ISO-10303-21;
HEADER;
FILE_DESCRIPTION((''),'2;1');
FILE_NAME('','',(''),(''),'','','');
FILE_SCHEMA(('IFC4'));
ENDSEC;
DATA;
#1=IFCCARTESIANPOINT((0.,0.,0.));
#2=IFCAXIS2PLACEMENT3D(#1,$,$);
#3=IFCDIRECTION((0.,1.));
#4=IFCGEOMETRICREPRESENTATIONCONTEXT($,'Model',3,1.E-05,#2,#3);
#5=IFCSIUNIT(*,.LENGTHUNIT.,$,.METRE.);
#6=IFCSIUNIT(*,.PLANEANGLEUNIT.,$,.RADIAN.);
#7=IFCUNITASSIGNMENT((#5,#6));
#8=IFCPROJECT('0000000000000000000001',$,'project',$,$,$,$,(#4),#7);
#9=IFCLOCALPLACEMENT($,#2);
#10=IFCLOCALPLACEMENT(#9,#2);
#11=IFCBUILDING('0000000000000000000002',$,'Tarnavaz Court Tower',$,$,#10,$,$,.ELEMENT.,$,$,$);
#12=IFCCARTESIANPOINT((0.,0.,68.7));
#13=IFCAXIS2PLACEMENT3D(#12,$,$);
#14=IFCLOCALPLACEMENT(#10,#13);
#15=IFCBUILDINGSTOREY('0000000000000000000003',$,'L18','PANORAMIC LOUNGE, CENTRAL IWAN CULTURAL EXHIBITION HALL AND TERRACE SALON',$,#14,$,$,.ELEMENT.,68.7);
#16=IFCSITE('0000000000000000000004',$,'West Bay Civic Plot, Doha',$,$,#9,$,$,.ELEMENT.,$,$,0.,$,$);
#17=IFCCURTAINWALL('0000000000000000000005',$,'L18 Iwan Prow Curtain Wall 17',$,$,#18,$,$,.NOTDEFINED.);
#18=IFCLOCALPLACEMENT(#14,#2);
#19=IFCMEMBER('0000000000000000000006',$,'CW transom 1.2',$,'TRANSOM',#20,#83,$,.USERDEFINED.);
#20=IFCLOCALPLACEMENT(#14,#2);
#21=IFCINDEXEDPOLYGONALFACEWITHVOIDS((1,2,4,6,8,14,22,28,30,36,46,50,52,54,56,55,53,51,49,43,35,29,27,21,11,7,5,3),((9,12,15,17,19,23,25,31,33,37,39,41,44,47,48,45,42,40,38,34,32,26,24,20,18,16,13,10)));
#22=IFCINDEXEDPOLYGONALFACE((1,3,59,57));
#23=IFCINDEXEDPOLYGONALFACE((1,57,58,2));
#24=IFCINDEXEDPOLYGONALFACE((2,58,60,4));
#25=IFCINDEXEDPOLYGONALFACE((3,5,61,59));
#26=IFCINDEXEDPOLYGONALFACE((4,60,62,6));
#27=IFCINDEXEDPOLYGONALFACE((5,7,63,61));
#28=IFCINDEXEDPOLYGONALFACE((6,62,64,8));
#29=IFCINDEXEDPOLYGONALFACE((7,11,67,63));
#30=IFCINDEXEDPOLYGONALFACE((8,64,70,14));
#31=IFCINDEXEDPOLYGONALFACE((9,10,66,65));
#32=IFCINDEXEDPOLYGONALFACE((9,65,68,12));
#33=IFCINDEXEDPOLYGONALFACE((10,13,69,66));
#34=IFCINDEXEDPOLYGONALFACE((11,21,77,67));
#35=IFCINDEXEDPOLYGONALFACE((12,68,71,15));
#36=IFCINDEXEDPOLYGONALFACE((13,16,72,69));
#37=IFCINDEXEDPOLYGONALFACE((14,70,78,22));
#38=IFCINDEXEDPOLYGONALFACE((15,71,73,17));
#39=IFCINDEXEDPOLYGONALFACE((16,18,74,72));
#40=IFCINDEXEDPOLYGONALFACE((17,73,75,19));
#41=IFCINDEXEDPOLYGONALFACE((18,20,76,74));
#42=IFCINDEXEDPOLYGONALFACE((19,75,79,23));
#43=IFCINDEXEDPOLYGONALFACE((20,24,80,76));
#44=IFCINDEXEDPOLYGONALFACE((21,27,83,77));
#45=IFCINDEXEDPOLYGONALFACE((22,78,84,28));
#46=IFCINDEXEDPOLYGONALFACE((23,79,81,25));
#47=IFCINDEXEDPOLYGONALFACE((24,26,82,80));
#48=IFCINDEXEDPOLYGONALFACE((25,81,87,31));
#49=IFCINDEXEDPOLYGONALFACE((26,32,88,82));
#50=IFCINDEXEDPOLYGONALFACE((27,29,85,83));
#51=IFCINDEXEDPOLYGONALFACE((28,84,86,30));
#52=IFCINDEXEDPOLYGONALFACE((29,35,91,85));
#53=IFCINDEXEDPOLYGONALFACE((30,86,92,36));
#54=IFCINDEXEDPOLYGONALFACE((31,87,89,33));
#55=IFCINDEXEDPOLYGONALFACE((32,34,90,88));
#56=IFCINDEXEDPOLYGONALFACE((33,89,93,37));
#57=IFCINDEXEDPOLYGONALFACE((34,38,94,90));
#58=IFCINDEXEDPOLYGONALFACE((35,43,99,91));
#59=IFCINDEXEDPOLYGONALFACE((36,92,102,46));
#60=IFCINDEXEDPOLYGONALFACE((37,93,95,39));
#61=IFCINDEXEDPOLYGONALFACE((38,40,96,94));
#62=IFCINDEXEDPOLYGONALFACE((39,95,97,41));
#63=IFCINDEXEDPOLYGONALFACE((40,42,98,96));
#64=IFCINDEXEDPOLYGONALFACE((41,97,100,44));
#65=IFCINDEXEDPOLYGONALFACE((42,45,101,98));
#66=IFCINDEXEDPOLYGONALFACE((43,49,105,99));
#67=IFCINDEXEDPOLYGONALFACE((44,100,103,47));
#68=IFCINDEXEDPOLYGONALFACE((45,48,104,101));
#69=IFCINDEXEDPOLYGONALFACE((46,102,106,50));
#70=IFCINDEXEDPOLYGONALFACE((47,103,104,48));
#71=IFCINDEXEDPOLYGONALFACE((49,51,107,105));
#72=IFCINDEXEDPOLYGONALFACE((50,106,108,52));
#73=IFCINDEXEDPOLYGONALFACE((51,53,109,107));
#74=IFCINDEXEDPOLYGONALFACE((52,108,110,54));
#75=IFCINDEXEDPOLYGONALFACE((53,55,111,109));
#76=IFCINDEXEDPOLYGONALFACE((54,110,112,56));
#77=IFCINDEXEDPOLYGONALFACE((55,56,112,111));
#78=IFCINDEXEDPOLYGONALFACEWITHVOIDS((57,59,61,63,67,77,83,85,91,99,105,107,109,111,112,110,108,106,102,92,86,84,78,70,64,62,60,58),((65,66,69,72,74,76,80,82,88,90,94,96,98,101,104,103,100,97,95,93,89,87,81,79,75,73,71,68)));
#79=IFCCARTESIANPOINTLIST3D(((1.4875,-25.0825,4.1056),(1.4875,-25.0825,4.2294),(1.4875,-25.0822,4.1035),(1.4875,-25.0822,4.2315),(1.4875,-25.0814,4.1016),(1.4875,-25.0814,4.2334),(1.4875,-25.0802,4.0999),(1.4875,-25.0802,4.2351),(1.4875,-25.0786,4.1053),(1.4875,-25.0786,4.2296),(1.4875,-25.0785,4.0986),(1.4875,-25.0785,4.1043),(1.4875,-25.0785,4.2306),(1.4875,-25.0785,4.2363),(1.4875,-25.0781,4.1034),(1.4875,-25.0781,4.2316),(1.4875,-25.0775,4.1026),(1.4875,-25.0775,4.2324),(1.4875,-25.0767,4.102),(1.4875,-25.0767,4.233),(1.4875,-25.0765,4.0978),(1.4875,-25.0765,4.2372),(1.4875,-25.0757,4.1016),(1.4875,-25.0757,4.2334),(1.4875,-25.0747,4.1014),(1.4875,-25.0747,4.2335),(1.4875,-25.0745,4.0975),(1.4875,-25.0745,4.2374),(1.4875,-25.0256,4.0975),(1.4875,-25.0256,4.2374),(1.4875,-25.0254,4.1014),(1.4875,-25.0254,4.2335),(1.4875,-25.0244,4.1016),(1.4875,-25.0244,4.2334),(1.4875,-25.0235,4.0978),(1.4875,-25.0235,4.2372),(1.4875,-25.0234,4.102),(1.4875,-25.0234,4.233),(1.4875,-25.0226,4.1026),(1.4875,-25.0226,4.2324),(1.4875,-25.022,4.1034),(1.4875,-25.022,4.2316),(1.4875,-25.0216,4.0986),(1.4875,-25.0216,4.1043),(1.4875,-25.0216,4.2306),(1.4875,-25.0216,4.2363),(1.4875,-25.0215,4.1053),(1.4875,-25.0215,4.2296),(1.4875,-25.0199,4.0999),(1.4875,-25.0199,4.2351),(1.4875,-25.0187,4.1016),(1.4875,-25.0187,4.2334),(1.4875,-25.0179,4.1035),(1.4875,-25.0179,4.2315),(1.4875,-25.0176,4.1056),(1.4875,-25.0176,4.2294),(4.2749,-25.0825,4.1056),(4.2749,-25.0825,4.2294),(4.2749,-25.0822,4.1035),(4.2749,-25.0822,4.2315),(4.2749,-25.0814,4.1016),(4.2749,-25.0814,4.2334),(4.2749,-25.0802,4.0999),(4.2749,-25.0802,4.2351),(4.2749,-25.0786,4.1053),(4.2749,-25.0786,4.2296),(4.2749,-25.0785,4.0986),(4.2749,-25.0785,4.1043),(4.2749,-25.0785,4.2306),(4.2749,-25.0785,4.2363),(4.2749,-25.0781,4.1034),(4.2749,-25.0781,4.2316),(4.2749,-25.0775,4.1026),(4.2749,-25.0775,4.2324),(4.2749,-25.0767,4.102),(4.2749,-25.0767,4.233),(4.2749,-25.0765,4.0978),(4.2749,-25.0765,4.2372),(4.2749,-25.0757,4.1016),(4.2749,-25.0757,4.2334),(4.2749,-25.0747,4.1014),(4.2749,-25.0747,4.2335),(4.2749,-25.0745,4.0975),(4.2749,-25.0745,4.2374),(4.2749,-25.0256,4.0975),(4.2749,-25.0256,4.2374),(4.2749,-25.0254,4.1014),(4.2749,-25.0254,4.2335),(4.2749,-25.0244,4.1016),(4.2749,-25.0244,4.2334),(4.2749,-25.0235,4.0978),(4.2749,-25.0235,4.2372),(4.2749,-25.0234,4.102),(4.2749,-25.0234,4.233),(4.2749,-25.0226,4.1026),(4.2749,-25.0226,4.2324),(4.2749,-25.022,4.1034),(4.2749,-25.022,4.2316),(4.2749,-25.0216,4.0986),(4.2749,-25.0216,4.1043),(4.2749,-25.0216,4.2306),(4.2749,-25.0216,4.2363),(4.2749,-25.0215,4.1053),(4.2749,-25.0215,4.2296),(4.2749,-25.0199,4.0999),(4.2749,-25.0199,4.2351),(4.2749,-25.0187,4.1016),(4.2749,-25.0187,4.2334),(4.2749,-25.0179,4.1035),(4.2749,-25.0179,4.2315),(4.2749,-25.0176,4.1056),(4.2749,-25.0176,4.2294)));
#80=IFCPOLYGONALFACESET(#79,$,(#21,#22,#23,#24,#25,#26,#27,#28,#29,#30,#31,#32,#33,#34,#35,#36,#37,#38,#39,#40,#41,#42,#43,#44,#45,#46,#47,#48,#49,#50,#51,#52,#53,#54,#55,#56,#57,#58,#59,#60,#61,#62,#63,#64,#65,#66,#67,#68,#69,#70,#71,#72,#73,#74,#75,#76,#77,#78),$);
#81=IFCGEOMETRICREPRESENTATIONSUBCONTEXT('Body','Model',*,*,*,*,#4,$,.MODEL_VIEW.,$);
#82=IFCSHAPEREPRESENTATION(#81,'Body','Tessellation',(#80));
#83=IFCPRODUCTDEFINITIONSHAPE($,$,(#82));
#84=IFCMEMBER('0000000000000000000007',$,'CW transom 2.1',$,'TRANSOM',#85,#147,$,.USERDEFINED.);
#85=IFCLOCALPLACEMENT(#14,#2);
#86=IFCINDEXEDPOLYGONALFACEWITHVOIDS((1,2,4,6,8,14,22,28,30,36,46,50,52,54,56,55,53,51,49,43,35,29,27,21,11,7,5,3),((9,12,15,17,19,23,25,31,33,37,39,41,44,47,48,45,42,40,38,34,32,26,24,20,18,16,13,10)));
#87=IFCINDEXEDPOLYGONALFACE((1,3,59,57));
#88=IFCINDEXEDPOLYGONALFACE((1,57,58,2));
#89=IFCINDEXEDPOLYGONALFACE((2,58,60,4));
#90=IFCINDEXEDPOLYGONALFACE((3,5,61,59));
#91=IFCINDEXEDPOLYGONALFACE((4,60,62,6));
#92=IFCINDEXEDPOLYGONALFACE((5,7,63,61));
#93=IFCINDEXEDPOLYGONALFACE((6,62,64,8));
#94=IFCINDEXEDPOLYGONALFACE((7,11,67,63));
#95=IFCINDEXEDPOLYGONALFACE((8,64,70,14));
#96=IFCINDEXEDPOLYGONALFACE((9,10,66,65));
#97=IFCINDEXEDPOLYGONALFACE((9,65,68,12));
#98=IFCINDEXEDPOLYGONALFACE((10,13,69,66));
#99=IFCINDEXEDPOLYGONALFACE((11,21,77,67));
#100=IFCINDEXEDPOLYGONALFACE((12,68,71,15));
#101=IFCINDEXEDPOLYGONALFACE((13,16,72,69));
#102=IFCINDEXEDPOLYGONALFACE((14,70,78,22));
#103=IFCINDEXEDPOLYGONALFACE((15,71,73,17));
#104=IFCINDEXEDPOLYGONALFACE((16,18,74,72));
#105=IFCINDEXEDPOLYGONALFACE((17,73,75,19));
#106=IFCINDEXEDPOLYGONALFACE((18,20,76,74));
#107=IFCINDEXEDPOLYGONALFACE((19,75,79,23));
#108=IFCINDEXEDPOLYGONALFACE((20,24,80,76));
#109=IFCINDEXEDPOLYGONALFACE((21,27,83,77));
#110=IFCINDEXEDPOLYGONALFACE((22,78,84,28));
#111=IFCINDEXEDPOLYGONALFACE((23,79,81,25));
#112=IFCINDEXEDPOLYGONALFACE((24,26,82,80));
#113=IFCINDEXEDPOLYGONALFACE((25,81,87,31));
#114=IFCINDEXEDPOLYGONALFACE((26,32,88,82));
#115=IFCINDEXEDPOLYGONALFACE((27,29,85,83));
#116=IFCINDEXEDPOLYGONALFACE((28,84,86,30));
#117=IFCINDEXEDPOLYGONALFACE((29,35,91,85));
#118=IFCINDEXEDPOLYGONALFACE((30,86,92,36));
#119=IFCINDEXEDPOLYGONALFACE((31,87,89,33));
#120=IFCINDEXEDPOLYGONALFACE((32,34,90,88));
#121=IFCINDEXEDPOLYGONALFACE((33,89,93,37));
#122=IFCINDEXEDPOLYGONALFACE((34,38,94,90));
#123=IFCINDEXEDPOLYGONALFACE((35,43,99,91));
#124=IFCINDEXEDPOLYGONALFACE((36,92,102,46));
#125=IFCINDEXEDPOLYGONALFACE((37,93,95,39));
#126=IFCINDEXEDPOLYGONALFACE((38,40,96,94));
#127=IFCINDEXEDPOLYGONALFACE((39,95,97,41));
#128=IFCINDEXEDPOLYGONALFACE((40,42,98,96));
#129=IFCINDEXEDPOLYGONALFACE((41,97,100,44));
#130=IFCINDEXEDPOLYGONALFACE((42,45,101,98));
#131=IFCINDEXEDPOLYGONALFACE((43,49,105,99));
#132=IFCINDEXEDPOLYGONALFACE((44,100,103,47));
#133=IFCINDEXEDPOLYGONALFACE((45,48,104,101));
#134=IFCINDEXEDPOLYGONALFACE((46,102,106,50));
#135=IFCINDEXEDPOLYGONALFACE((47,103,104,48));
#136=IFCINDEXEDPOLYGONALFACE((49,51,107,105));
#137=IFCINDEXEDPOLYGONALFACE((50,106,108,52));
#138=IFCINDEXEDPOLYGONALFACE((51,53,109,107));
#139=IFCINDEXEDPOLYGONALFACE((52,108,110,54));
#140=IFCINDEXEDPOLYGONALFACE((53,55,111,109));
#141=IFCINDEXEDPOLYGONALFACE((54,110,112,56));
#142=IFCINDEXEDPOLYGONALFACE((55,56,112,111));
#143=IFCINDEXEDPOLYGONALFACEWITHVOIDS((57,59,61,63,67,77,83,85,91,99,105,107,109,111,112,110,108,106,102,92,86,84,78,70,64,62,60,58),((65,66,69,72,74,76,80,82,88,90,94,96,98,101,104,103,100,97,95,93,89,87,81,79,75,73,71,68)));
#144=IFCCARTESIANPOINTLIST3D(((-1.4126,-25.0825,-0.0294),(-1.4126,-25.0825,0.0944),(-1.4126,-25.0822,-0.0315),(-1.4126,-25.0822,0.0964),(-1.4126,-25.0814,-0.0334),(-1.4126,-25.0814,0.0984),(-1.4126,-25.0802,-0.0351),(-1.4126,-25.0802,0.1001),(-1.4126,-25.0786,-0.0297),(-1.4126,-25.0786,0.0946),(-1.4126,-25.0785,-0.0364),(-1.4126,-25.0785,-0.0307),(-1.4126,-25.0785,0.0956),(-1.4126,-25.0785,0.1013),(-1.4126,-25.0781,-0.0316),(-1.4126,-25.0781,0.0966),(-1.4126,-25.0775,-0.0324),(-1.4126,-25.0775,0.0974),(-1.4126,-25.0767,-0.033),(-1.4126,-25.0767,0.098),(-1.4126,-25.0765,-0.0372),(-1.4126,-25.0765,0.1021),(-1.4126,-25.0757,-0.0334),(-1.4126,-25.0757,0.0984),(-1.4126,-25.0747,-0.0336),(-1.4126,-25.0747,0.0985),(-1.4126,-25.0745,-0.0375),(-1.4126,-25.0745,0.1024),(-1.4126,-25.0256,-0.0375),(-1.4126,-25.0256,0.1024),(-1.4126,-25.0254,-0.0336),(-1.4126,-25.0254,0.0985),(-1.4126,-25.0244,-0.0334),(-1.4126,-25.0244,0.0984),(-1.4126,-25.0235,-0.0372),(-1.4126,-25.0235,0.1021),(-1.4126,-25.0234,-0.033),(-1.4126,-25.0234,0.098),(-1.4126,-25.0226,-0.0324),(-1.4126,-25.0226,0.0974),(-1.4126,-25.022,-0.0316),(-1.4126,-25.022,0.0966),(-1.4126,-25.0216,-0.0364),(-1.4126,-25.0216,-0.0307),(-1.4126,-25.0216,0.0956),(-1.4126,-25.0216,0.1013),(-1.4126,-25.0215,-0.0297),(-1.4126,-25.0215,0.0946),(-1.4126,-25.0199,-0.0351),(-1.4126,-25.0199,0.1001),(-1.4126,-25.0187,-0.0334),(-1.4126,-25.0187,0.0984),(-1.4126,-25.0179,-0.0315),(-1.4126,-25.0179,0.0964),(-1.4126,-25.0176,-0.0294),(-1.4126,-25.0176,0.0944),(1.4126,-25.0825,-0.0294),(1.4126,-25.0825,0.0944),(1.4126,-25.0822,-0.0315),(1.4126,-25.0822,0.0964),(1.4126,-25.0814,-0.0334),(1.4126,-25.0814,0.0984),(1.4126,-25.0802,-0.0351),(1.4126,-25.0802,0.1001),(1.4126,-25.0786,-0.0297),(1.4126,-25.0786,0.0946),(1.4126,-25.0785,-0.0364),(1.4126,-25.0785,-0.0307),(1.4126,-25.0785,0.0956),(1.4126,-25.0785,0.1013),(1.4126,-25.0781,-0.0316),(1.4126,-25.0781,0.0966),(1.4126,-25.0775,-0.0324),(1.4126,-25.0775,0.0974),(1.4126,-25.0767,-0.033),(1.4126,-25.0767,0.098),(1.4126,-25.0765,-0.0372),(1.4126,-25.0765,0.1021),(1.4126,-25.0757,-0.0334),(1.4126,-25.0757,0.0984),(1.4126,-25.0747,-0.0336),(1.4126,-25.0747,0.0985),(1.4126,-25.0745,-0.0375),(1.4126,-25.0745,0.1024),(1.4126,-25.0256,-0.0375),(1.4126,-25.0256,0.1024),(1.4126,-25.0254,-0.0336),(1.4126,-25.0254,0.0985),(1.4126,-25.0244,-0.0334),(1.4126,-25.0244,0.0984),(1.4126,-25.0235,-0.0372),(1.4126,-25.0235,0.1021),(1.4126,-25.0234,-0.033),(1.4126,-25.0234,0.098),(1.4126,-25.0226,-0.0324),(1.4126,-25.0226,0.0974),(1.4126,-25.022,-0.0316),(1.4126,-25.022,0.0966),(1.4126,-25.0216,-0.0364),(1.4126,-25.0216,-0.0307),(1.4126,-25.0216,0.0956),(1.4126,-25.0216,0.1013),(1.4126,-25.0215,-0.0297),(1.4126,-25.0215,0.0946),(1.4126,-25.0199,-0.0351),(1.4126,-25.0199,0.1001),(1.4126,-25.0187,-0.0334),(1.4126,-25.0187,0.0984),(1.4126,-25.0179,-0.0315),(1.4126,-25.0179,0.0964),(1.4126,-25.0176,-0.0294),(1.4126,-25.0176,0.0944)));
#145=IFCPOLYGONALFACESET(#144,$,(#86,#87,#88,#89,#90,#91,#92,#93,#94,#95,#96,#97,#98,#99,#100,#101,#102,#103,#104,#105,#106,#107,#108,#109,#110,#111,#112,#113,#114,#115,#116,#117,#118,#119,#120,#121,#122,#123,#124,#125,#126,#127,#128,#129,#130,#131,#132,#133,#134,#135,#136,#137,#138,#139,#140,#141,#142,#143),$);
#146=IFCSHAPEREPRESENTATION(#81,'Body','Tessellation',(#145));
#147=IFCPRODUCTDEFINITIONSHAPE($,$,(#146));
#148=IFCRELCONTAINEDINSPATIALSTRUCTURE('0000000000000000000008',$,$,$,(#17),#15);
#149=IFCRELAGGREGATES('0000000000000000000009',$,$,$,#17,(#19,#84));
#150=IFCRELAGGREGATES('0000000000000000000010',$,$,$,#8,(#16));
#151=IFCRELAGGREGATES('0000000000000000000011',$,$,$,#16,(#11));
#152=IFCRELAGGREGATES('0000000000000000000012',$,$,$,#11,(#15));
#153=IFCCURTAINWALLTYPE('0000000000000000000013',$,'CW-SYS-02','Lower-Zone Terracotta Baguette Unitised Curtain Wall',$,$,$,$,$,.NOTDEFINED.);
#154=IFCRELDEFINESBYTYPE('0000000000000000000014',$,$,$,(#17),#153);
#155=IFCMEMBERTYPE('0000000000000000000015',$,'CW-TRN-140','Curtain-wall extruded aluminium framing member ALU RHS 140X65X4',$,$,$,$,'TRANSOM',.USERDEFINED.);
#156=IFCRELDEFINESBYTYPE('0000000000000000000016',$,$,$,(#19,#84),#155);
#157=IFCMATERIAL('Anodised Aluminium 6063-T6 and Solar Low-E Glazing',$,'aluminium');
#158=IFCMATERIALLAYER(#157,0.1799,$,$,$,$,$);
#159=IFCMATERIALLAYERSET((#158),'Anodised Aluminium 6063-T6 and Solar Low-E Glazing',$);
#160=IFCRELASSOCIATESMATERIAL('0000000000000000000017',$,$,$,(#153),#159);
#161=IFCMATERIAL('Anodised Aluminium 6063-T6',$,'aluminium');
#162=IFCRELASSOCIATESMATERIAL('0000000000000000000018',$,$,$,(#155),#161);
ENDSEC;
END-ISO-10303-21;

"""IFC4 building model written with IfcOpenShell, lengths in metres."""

from ifc_helpers import new_model, si_unit, direction, frame, origin, origin_2d, place, context, subcontext, project, spatial, hollow_rectangle, extrude, material, layer, layer_set, material_profile, profile_set, type_object, element, aggregate, save


model = new_model("IFC4")

# Units and contexts
model_context = context("Model", 3, precision=1e-05, world=origin(), true_north=direction((0.0, 1.0)))
body_context = subcontext(model_context, "Body", "Model", "MODEL_VIEW")
ifc_project = project(units=[si_unit("LENGTHUNIT", "METRE"), si_unit("PLANEANGLEUNIT", "RADIAN")], contexts=[model_context])

# Site, building, storey
site_placement = place(None, origin())
site = spatial("IfcSite", under=ifc_project, at=site_placement, Name="West Bay Civic Plot, Doha", CompositionType="ELEMENT", RefElevation=0.0)
building_placement = place(site_placement, origin())
building = spatial("IfcBuilding", under=site, at=building_placement, Name="Tarnavaz Court Tower", CompositionType="ELEMENT")
storey_placement = place(building_placement, frame((0.0, 0.0, 68.7)))
storey = spatial("IfcBuildingStorey", under=building, at=storey_placement, Name="L18", Description="PANORAMIC LOUNGE, CENTRAL IWAN CULTURAL EXHIBITION HALL AND TERRACE SALON", CompositionType="ELEMENT", Elevation=68.7)

# Shared definitions
ifc_material_1 = material(Name="Anodised Aluminium 6063-T6 and Solar Low-E Glazing", Category="aluminium")
ifc_material_2 = material(Name="Anodised Aluminium 6063-T6", Category="aluminium")

# Curtain wall
ifc_layer_1 = layer(ifc_material_1, 0.1799)
ifc_layer_set_1 = layer_set([ifc_layer_1], Name="Anodised Aluminium 6063-T6 and Solar Low-E Glazing")
curtain_wall_type_1 = type_object("IfcCurtainWallType", Name="CW-SYS-02", Description="Lower-Zone Terracotta Baguette Unitised Curtain Wall", PredefinedType="NOTDEFINED", material=ifc_layer_set_1)
curtain_wall_1_placement = place(storey_placement, origin())
curtain_wall_1 = element("IfcCurtainWall", 1, at=curtain_wall_1_placement, inside=storey, type_object=curtain_wall_type_1, Name="L18 Iwan Prow Curtain Wall 17", PredefinedType="NOTDEFINED")

# Members
ifc_material_profile_1 = material_profile(ifc_material_2, hollow_rectangle(XDim=0.0649, YDim=0.1399, WallThickness=0.0039, InnerFilletRadius=0.0039, OuterFilletRadius=0.0081, at=origin_2d()), Name="ALU RHS 140X65X4")
ifc_profile_set_1 = profile_set([ifc_material_profile_1], Name="Anodised Aluminium 6063-T6")
member_type_1 = type_object("IfcMemberType", Name="CW-TRN-140", Description="Curtain-wall extruded aluminium framing member ALU RHS 140X65X4", ElementType="TRANSOM", PredefinedType="USERDEFINED", material=ifc_profile_set_1)
member_1_placement = place(storey_placement, frame((4.2749, -25.05, 4.1675), z_axis=(-1.0, 0.0, 0.0), x_axis=(0.0, -1.0, 0.0)))
member_1 = element("IfcMember", 2, at=member_1_placement, type_object=member_type_1, Name="CW transom 1.2", ObjectType="TRANSOM", PredefinedType="USERDEFINED", context=body_context, shape_type="SweptSolid", body=[
    extrude(hollow_rectangle(XDim=0.0649, YDim=0.1399, WallThickness=0.0039, InnerFilletRadius=0.0039, OuterFilletRadius=0.0081, at=origin_2d()), origin(), (0.0, 0.0, 1.0), 2.7874),
])
member_2_placement = place(storey_placement, frame((1.4126, -25.05, 0.0325), z_axis=(-1.0, 0.0, 0.0), x_axis=(0.0, -1.0, 0.0)))
member_2 = element("IfcMember", 3, at=member_2_placement, type_object=member_type_1, Name="CW transom 2.1", ObjectType="TRANSOM", PredefinedType="USERDEFINED", context=body_context, shape_type="SweptSolid", body=[
    extrude(hollow_rectangle(XDim=0.0649, YDim=0.1399, WallThickness=0.0039, InnerFilletRadius=0.0039, OuterFilletRadius=0.0081, at=origin_2d()), origin(), (0.0, 0.0, 1.0), 2.8252),
])

aggregate(curtain_wall_1, [member_1, member_2])

save(model, "model.ifc")
